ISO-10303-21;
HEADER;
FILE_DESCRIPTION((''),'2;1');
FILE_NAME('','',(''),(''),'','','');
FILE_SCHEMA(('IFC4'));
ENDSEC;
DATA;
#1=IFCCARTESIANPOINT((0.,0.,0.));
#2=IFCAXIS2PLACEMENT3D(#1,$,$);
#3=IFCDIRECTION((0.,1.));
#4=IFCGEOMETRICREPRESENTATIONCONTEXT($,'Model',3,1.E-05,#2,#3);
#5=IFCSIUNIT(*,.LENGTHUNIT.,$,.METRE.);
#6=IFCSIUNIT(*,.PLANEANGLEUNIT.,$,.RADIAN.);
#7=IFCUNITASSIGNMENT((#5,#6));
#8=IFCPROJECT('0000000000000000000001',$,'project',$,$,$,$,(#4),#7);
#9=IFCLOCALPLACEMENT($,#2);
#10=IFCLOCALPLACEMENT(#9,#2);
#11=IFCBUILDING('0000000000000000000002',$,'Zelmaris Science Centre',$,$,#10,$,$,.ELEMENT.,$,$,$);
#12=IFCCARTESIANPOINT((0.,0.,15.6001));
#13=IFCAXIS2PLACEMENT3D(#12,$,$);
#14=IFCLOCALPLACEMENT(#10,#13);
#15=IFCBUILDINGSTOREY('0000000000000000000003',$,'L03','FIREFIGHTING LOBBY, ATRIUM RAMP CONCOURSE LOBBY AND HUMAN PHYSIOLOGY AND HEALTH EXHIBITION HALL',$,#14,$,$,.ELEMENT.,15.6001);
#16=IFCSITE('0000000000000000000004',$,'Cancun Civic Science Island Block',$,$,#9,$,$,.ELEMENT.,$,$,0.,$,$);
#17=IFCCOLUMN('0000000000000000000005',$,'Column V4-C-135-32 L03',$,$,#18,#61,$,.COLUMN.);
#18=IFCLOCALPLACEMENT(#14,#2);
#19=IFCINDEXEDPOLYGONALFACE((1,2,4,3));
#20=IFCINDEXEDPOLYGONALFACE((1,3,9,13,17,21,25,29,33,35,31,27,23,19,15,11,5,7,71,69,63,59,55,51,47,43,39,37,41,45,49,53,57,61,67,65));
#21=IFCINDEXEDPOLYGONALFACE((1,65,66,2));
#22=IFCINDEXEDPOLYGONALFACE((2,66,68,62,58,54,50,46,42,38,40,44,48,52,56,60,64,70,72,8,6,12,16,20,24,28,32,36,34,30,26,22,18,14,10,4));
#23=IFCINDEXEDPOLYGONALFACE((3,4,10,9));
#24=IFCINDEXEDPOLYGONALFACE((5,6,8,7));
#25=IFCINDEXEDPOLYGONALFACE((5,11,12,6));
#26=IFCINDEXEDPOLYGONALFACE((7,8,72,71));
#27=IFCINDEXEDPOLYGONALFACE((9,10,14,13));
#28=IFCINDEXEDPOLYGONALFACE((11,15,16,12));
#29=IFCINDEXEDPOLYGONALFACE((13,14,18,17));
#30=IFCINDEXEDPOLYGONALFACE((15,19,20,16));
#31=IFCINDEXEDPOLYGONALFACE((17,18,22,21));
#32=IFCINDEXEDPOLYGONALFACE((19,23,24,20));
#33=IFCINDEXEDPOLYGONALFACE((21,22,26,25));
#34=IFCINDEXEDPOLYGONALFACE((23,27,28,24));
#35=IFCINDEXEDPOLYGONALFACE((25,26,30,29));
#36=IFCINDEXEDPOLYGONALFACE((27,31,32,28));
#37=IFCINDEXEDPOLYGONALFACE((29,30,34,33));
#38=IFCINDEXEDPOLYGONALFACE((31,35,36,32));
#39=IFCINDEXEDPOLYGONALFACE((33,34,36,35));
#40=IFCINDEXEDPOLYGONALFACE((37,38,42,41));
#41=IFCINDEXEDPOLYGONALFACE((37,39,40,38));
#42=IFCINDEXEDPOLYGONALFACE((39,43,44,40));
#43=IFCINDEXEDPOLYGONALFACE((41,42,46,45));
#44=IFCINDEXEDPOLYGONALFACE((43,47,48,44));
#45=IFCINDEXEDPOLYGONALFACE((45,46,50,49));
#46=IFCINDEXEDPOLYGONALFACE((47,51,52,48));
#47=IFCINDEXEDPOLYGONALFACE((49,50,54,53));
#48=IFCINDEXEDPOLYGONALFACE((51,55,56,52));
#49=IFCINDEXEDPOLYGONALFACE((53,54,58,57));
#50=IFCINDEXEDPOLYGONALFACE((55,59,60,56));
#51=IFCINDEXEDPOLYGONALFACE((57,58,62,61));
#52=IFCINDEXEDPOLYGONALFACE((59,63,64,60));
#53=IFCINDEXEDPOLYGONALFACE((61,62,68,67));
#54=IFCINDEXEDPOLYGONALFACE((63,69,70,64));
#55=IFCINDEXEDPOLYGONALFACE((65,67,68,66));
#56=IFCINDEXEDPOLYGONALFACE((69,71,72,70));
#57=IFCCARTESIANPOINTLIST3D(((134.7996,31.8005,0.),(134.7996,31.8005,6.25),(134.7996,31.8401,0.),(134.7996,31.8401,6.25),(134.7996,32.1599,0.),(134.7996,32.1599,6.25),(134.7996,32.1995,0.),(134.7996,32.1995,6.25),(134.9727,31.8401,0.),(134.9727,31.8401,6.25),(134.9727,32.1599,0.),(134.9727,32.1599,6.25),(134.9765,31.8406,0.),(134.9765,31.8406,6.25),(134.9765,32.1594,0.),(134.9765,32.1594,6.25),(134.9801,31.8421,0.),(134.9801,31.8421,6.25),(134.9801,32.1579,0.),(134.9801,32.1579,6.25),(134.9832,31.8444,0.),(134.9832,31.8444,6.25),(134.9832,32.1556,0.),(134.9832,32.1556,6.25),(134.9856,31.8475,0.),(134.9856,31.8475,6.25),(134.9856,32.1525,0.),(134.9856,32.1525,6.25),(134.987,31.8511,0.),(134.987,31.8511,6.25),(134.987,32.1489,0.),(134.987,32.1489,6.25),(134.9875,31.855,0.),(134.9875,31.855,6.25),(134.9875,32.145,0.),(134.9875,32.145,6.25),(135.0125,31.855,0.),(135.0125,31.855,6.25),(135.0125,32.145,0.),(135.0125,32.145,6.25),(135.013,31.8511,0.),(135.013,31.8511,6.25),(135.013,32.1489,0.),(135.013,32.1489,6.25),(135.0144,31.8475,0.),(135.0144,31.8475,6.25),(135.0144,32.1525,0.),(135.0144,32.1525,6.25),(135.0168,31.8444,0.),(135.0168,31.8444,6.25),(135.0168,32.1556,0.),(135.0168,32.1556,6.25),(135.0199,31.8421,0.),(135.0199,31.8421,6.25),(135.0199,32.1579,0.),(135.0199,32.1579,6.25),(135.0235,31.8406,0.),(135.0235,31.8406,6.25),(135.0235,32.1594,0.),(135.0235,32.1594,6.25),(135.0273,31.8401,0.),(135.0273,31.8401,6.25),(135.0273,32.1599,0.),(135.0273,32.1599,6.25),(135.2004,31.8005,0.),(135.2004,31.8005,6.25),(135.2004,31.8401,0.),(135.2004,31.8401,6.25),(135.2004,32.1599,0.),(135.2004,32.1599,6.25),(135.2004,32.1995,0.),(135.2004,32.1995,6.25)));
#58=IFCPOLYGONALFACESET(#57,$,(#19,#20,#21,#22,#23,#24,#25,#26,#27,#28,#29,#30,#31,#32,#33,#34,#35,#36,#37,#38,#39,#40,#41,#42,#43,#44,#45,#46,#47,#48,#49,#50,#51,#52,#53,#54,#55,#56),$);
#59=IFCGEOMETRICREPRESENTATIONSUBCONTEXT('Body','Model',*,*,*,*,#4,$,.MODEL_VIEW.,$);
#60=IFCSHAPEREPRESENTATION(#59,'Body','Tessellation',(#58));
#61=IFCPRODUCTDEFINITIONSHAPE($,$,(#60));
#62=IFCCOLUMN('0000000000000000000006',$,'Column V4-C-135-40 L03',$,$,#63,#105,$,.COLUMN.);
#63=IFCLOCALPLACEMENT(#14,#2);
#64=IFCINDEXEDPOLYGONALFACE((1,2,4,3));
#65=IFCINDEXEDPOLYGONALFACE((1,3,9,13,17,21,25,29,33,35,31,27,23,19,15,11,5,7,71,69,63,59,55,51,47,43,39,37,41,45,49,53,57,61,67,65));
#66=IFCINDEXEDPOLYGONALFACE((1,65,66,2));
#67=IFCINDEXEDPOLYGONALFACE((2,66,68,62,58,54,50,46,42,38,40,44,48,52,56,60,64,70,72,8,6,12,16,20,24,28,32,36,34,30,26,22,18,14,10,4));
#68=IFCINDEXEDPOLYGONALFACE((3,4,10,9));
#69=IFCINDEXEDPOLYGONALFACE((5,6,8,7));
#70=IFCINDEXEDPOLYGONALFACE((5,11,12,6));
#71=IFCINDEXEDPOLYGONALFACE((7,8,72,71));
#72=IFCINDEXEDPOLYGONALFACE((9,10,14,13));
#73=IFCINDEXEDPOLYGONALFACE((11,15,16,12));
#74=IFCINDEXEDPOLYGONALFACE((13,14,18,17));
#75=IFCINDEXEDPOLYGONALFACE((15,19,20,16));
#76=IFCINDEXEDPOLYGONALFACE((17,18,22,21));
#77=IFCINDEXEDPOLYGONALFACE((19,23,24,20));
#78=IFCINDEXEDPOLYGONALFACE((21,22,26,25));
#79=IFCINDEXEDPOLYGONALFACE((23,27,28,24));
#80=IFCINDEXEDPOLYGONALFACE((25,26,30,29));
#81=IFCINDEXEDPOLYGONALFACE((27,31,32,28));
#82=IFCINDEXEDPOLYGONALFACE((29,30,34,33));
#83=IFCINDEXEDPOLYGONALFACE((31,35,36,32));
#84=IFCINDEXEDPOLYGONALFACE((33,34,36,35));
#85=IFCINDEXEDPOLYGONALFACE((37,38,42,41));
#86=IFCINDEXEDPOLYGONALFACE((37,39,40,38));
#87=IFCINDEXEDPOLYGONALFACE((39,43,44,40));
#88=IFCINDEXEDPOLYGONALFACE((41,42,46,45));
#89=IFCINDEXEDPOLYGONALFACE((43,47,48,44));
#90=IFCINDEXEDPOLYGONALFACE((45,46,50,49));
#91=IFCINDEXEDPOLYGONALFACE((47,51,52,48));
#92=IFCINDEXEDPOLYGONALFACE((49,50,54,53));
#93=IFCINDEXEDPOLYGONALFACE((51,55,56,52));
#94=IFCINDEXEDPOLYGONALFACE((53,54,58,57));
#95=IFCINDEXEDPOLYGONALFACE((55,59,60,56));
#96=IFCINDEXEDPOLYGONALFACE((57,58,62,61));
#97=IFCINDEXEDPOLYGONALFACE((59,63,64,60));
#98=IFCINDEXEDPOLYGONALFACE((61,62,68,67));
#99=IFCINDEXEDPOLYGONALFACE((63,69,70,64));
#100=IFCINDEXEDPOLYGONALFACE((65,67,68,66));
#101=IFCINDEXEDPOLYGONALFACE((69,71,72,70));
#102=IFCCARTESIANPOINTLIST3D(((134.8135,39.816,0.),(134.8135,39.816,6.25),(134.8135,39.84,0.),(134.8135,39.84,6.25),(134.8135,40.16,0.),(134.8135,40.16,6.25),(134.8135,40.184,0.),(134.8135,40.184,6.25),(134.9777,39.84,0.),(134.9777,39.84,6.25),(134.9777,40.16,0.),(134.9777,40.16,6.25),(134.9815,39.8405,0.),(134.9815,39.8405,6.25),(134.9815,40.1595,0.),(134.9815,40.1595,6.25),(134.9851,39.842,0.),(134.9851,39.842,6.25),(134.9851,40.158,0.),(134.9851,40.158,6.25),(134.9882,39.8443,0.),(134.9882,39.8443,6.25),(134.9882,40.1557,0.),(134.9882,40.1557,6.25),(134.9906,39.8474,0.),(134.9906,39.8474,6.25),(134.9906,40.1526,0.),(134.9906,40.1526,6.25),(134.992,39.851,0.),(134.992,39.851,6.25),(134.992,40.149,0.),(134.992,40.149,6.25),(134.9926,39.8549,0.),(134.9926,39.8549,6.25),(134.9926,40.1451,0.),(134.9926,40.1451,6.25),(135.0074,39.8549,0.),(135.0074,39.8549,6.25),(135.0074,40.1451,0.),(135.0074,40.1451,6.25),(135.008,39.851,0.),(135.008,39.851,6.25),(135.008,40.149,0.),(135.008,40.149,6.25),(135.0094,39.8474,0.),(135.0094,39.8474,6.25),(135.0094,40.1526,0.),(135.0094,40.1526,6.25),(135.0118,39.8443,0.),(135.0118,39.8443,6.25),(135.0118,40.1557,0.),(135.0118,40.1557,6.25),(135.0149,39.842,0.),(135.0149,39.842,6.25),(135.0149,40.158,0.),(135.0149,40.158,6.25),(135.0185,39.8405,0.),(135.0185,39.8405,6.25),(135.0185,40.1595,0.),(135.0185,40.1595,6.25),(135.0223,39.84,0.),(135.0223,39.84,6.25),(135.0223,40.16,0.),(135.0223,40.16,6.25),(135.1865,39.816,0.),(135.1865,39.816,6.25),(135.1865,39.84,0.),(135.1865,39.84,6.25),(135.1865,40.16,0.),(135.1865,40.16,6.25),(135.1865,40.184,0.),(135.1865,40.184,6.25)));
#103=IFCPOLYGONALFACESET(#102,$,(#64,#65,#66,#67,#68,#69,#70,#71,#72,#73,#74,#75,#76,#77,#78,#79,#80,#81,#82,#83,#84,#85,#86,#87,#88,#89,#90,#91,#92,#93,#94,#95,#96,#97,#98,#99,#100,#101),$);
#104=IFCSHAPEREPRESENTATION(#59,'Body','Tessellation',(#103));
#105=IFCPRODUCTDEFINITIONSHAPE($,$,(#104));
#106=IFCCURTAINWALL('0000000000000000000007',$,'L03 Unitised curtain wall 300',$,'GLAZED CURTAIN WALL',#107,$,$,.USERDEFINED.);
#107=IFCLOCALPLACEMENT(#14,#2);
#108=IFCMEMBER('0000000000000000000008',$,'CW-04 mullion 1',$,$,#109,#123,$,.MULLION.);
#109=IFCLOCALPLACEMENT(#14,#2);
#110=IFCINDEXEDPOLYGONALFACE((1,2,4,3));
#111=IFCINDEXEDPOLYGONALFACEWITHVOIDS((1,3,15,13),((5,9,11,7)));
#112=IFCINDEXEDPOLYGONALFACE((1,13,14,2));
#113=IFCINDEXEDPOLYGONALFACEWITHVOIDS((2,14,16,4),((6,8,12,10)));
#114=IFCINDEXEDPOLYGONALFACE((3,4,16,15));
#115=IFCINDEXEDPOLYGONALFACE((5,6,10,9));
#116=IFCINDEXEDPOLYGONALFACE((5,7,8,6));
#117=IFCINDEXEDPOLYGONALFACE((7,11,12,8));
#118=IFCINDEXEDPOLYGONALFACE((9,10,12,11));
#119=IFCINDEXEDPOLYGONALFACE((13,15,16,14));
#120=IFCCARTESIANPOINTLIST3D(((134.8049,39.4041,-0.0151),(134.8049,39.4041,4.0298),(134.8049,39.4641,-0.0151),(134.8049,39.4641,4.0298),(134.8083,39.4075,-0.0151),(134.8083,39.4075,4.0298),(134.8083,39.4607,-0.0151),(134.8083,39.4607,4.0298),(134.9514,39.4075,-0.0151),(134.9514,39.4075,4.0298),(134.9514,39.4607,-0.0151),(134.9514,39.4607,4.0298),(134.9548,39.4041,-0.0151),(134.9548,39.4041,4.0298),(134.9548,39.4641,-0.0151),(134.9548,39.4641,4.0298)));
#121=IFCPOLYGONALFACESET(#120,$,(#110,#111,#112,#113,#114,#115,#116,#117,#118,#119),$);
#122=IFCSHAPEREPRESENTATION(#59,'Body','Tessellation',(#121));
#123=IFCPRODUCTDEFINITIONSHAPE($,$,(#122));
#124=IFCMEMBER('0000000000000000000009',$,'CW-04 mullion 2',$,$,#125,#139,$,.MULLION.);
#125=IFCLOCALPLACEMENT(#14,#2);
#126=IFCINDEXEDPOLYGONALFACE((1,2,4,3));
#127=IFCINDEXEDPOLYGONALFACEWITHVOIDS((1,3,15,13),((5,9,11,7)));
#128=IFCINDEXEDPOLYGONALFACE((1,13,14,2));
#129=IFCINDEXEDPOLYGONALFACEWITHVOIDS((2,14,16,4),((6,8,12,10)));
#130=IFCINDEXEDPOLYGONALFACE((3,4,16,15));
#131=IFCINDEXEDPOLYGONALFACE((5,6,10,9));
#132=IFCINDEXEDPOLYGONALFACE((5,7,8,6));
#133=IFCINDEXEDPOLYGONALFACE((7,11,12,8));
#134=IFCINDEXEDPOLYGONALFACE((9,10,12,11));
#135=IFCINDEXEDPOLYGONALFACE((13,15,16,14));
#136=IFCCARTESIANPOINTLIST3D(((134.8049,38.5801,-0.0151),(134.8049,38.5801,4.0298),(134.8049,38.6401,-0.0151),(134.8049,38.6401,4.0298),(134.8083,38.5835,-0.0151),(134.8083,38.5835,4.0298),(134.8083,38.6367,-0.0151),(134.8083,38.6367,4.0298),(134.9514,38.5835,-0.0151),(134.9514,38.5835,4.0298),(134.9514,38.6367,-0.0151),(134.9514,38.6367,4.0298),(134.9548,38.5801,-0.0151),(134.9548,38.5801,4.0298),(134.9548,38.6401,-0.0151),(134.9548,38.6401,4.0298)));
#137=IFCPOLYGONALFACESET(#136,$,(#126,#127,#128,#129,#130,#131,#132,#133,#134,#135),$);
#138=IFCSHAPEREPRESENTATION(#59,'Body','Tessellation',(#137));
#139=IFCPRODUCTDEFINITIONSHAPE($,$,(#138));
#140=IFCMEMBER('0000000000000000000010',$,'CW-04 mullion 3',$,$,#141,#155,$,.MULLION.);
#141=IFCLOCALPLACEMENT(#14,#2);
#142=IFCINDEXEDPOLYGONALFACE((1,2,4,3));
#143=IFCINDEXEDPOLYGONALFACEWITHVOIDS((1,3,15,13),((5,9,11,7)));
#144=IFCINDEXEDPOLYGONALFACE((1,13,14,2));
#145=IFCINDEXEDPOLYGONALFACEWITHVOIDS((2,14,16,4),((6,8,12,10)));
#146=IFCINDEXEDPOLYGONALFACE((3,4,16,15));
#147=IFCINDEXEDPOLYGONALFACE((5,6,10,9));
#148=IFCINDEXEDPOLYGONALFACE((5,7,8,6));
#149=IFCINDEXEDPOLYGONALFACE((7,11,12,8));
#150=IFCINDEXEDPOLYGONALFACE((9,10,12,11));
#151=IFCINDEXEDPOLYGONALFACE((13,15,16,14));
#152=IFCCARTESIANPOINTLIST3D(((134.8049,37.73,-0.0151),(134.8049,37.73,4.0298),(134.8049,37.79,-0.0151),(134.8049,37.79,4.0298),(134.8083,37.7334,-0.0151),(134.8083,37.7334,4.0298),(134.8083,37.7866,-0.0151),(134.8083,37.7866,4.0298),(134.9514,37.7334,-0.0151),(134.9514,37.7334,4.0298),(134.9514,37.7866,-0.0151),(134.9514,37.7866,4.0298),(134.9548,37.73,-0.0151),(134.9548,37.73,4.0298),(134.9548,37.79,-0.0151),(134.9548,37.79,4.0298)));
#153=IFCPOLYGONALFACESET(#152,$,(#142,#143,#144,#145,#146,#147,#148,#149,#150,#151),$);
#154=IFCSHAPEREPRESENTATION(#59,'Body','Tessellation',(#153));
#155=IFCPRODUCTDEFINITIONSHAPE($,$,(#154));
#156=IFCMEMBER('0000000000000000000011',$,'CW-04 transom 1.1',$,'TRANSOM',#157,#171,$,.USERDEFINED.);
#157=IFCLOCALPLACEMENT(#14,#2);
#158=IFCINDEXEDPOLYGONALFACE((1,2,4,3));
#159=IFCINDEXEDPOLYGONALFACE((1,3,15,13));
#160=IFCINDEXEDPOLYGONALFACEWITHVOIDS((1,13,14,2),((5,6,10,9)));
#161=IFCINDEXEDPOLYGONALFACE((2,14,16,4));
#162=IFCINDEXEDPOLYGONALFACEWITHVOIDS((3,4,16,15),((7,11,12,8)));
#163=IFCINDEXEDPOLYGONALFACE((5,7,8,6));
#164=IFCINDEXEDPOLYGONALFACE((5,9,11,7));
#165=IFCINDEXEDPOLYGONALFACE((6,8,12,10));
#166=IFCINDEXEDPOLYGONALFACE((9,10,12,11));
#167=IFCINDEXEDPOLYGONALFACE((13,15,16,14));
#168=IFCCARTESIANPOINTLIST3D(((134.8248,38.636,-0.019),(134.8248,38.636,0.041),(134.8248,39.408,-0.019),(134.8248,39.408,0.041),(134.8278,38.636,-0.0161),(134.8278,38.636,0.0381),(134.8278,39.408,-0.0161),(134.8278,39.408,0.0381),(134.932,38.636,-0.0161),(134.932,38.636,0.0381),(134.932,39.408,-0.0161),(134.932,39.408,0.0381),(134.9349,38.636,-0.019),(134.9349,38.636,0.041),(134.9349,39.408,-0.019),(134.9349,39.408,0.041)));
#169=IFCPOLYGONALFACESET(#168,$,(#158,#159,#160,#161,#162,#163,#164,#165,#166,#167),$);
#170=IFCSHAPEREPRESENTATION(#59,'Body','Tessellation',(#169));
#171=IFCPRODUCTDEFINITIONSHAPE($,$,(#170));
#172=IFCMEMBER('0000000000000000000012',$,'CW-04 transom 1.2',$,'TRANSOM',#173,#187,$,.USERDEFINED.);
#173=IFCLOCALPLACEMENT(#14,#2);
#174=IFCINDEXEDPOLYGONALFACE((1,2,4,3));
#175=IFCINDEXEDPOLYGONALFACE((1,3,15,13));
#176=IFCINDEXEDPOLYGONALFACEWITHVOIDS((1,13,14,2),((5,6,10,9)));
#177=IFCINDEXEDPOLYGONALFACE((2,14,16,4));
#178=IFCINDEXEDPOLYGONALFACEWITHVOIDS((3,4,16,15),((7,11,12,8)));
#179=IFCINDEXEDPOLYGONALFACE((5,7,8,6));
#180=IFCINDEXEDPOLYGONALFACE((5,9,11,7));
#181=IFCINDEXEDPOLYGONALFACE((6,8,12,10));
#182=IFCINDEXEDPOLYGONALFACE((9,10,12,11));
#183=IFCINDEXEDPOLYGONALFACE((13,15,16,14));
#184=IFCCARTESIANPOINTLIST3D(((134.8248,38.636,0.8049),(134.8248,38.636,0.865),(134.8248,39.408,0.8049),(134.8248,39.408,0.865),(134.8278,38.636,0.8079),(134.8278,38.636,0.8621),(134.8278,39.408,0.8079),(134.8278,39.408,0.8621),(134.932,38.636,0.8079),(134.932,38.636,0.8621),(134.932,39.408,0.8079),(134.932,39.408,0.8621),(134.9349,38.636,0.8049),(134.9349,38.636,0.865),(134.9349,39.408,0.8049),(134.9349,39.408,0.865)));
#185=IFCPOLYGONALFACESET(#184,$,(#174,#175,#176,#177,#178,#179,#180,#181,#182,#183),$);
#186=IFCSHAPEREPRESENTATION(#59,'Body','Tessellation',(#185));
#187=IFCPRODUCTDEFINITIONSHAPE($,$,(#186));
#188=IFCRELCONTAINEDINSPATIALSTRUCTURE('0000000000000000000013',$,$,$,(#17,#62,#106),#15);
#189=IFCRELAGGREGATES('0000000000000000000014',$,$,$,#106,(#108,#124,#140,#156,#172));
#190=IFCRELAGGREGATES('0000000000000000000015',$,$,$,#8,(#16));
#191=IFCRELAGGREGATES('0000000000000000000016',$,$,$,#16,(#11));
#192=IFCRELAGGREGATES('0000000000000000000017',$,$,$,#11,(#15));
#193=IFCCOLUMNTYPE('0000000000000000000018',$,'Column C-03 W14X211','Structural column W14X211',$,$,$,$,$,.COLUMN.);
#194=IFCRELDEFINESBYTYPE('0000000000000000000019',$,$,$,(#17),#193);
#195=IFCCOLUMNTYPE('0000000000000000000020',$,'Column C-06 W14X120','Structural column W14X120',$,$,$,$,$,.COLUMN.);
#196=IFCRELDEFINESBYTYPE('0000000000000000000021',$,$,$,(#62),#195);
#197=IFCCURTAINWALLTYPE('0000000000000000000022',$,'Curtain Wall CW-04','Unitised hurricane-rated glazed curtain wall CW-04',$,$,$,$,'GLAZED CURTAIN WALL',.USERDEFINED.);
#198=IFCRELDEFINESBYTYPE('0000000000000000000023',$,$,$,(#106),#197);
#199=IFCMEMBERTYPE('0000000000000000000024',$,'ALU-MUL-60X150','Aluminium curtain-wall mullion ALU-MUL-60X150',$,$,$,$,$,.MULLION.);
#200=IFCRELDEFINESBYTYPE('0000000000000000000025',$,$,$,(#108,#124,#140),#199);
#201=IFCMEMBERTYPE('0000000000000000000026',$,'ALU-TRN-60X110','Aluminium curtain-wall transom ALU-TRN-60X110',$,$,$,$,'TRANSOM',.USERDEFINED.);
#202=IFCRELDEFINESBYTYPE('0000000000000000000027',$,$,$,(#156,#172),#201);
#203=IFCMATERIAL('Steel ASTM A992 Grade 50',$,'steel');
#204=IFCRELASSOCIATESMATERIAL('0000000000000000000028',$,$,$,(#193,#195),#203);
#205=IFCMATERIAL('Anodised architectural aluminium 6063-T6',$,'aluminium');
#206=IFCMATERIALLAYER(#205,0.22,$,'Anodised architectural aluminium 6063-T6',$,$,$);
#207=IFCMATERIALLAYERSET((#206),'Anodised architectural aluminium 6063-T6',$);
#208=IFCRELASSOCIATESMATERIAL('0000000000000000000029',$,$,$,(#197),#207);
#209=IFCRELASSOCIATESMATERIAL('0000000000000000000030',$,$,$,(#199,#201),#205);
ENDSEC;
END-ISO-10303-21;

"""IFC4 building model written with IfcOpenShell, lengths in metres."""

from ifc_helpers import new_model, si_unit, direction, frame, origin, origin_2d, place, context, subcontext, project, spatial, hollow_rectangle, i_section, extrude, material, layer, layer_set, material_profile, profile_set, type_object, element, aggregate, save


model = new_model("IFC4")

# Units and contexts
model_context = context("Model", 3, precision=1e-05, world=origin(), true_north=direction((0.0, 1.0)))
body_context = subcontext(model_context, "Body", "Model", "MODEL_VIEW")
ifc_project = project(units=[si_unit("LENGTHUNIT", "METRE"), si_unit("PLANEANGLEUNIT", "RADIAN")], contexts=[model_context])

# Site, building, storey
site_placement = place(None, origin())
site = spatial("IfcSite", under=ifc_project, at=site_placement, Name="Cancun Civic Science Island Block", CompositionType="ELEMENT", RefElevation=0.0)
building_placement = place(site_placement, origin())
building = spatial("IfcBuilding", under=site, at=building_placement, Name="Zelmaris Science Centre", CompositionType="ELEMENT")
storey_placement = place(building_placement, frame((0.0, 0.0, 15.6001)))
storey = spatial("IfcBuildingStorey", under=building, at=storey_placement, Name="L03", Description="FIREFIGHTING LOBBY, ATRIUM RAMP CONCOURSE LOBBY AND HUMAN PHYSIOLOGY AND HEALTH EXHIBITION HALL", CompositionType="ELEMENT", Elevation=15.6001)

# Columns
ifc_material_1 = material(Name="Steel ASTM A992 Grade 50", Category="steel")
ifc_material_profile_1 = material_profile(ifc_material_1, i_section(OverallWidth=0.4009, OverallDepth=0.3989, WebThickness=0.0249, FlangeThickness=0.0396, FilletRadius=0.0149, at=origin_2d()), Name="W14X211")
ifc_profile_set_1 = profile_set([ifc_material_profile_1], Name="Steel ASTM A992 Grade 50")
column_type_1 = type_object("IfcColumnType", Name="Column C-03 W14X211", Description="Structural column W14X211", PredefinedType="COLUMN", material=ifc_profile_set_1)
column_1_placement = place(storey_placement, frame((135.0, 32.0, 0.0), z_axis=(0.0, 0.0, 1.0), x_axis=(1.0, 0.0, 0.0)))
element("IfcColumn", 1, at=column_1_placement, inside=storey, type_object=column_type_1, Name="Column V4-C-135-32 L03", PredefinedType="COLUMN", context=body_context, shape_type="SweptSolid", body=[
    extrude(i_section(OverallWidth=0.4009, OverallDepth=0.3989, WebThickness=0.0249, FlangeThickness=0.0396, FilletRadius=0.0149, at=origin_2d()), origin(), (0.0, 0.0, 1.0), 6.25),
])
ifc_material_profile_2 = material_profile(ifc_material_1, i_section(OverallWidth=0.373, OverallDepth=0.3679, WebThickness=0.0149, FlangeThickness=0.0239, FilletRadius=0.0149, at=origin_2d()), Name="W14X120")
ifc_profile_set_2 = profile_set([ifc_material_profile_2], Name="Steel ASTM A992 Grade 50")
column_type_2 = type_object("IfcColumnType", Name="Column C-06 W14X120", Description="Structural column W14X120", PredefinedType="COLUMN", material=ifc_profile_set_2)
column_2_placement = place(storey_placement, frame((135.0, 40.0, 0.0), z_axis=(0.0, 0.0, 1.0), x_axis=(1.0, 0.0, 0.0)))
element("IfcColumn", 2, at=column_2_placement, inside=storey, type_object=column_type_2, Name="Column V4-C-135-40 L03", PredefinedType="COLUMN", context=body_context, shape_type="SweptSolid", body=[
    extrude(i_section(OverallWidth=0.373, OverallDepth=0.3679, WebThickness=0.0149, FlangeThickness=0.0239, FilletRadius=0.0149, at=origin_2d()), origin(), (0.0, 0.0, 1.0), 6.25),
])

# Curtain wall, members
ifc_material_2 = material(Name="Anodised architectural aluminium 6063-T6", Category="aluminium")
ifc_layer_1 = layer(ifc_material_2, 0.22, Name="Anodised architectural aluminium 6063-T6")
ifc_layer_set_1 = layer_set([ifc_layer_1], Name="Anodised architectural aluminium 6063-T6")
curtain_wall_type = type_object("IfcCurtainWallType", Name="Curtain Wall CW-04", Description="Unitised hurricane-rated glazed curtain wall CW-04", ElementType="GLAZED CURTAIN WALL", PredefinedType="USERDEFINED", material=ifc_layer_set_1)
curtain_wall_placement = place(storey_placement, origin())
curtain_wall = element("IfcCurtainWall", 3, at=curtain_wall_placement, inside=storey, type_object=curtain_wall_type, Name="L03 Unitised curtain wall 300", ObjectType="GLAZED CURTAIN WALL", PredefinedType="USERDEFINED")
ifc_material_profile_3 = material_profile(ifc_material_2, hollow_rectangle(XDim=0.0601, YDim=0.1499, WallThickness=0.0034, at=origin_2d()), Name="ALU-MUL-60X150")
ifc_profile_set_3 = profile_set([ifc_material_profile_3], Name="Anodised architectural aluminium 6063-T6")
member_type_1 = type_object("IfcMemberType", Name="ALU-MUL-60X150", Description="Aluminium curtain-wall mullion ALU-MUL-60X150", PredefinedType="MULLION", material=ifc_profile_set_3)
member_1_placement = place(storey_placement, frame((134.8799, 39.4341, -0.0151), z_axis=(0.0, 0.0, 1.0), x_axis=(0.0, -1.0, 0.0)))
member_1 = element("IfcMember", 4, at=member_1_placement, type_object=member_type_1, Name="CW-04 mullion 1", PredefinedType="MULLION", context=body_context, shape_type="SweptSolid", body=[
    extrude(hollow_rectangle(XDim=0.0601, YDim=0.1499, WallThickness=0.0034, at=origin_2d()), origin(), (0.0, 0.0, 1.0), 4.0449),
])
member_2_placement = place(storey_placement, frame((134.8799, 38.6101, -0.0151), z_axis=(0.0, 0.0, 1.0), x_axis=(0.0, -1.0, 0.0)))
member_2 = element("IfcMember", 5, at=member_2_placement, type_object=member_type_1, Name="CW-04 mullion 2", PredefinedType="MULLION", context=body_context, shape_type="SweptSolid", body=[
    extrude(hollow_rectangle(XDim=0.0601, YDim=0.1499, WallThickness=0.0034, at=origin_2d()), origin(), (0.0, 0.0, 1.0), 4.0449),
])
member_3_placement = place(storey_placement, frame((134.8799, 37.76, -0.0151), z_axis=(0.0, 0.0, 1.0), x_axis=(0.0, -1.0, 0.0)))
member_3 = element("IfcMember", 6, at=member_3_placement, type_object=member_type_1, Name="CW-04 mullion 3", PredefinedType="MULLION", context=body_context, shape_type="SweptSolid", body=[
    extrude(hollow_rectangle(XDim=0.0601, YDim=0.1499, WallThickness=0.0034, at=origin_2d()), origin(), (0.0, 0.0, 1.0), 4.0449),
])
ifc_material_profile_4 = material_profile(ifc_material_2, hollow_rectangle(XDim=0.0601, YDim=0.1101, WallThickness=0.0029, at=origin_2d()), Name="ALU-TRN-60X110")
ifc_profile_set_4 = profile_set([ifc_material_profile_4], Name="Anodised architectural aluminium 6063-T6")
member_type_2 = type_object("IfcMemberType", Name="ALU-TRN-60X110", Description="Aluminium curtain-wall transom ALU-TRN-60X110", ElementType="TRANSOM", PredefinedType="USERDEFINED", material=ifc_profile_set_4)
member_4_placement = place(storey_placement, frame((134.8799, 39.408, 0.011), z_axis=(0.0, -1.0, 0.0), x_axis=(0.0, 0.0, 1.0)))
member_4 = element("IfcMember", 7, at=member_4_placement, type_object=member_type_2, Name="CW-04 transom 1.1", ObjectType="TRANSOM", PredefinedType="USERDEFINED", context=body_context, shape_type="SweptSolid", body=[
    extrude(hollow_rectangle(XDim=0.0601, YDim=0.1101, WallThickness=0.0029, at=origin_2d()), origin(), (0.0, 0.0, 1.0), 0.772),
])
member_5_placement = place(storey_placement, frame((134.8799, 39.408, 0.835), z_axis=(0.0, -1.0, 0.0), x_axis=(0.0, 0.0, 1.0)))
member_5 = element("IfcMember", 8, at=member_5_placement, type_object=member_type_2, Name="CW-04 transom 1.2", ObjectType="TRANSOM", PredefinedType="USERDEFINED", context=body_context, shape_type="SweptSolid", body=[
    extrude(hollow_rectangle(XDim=0.0601, YDim=0.1101, WallThickness=0.0029, at=origin_2d()), origin(), (0.0, 0.0, 1.0), 0.772),
])

aggregate(curtain_wall, [member_1, member_2, member_3, member_4, member_5])

save(model, "model.ifc")
